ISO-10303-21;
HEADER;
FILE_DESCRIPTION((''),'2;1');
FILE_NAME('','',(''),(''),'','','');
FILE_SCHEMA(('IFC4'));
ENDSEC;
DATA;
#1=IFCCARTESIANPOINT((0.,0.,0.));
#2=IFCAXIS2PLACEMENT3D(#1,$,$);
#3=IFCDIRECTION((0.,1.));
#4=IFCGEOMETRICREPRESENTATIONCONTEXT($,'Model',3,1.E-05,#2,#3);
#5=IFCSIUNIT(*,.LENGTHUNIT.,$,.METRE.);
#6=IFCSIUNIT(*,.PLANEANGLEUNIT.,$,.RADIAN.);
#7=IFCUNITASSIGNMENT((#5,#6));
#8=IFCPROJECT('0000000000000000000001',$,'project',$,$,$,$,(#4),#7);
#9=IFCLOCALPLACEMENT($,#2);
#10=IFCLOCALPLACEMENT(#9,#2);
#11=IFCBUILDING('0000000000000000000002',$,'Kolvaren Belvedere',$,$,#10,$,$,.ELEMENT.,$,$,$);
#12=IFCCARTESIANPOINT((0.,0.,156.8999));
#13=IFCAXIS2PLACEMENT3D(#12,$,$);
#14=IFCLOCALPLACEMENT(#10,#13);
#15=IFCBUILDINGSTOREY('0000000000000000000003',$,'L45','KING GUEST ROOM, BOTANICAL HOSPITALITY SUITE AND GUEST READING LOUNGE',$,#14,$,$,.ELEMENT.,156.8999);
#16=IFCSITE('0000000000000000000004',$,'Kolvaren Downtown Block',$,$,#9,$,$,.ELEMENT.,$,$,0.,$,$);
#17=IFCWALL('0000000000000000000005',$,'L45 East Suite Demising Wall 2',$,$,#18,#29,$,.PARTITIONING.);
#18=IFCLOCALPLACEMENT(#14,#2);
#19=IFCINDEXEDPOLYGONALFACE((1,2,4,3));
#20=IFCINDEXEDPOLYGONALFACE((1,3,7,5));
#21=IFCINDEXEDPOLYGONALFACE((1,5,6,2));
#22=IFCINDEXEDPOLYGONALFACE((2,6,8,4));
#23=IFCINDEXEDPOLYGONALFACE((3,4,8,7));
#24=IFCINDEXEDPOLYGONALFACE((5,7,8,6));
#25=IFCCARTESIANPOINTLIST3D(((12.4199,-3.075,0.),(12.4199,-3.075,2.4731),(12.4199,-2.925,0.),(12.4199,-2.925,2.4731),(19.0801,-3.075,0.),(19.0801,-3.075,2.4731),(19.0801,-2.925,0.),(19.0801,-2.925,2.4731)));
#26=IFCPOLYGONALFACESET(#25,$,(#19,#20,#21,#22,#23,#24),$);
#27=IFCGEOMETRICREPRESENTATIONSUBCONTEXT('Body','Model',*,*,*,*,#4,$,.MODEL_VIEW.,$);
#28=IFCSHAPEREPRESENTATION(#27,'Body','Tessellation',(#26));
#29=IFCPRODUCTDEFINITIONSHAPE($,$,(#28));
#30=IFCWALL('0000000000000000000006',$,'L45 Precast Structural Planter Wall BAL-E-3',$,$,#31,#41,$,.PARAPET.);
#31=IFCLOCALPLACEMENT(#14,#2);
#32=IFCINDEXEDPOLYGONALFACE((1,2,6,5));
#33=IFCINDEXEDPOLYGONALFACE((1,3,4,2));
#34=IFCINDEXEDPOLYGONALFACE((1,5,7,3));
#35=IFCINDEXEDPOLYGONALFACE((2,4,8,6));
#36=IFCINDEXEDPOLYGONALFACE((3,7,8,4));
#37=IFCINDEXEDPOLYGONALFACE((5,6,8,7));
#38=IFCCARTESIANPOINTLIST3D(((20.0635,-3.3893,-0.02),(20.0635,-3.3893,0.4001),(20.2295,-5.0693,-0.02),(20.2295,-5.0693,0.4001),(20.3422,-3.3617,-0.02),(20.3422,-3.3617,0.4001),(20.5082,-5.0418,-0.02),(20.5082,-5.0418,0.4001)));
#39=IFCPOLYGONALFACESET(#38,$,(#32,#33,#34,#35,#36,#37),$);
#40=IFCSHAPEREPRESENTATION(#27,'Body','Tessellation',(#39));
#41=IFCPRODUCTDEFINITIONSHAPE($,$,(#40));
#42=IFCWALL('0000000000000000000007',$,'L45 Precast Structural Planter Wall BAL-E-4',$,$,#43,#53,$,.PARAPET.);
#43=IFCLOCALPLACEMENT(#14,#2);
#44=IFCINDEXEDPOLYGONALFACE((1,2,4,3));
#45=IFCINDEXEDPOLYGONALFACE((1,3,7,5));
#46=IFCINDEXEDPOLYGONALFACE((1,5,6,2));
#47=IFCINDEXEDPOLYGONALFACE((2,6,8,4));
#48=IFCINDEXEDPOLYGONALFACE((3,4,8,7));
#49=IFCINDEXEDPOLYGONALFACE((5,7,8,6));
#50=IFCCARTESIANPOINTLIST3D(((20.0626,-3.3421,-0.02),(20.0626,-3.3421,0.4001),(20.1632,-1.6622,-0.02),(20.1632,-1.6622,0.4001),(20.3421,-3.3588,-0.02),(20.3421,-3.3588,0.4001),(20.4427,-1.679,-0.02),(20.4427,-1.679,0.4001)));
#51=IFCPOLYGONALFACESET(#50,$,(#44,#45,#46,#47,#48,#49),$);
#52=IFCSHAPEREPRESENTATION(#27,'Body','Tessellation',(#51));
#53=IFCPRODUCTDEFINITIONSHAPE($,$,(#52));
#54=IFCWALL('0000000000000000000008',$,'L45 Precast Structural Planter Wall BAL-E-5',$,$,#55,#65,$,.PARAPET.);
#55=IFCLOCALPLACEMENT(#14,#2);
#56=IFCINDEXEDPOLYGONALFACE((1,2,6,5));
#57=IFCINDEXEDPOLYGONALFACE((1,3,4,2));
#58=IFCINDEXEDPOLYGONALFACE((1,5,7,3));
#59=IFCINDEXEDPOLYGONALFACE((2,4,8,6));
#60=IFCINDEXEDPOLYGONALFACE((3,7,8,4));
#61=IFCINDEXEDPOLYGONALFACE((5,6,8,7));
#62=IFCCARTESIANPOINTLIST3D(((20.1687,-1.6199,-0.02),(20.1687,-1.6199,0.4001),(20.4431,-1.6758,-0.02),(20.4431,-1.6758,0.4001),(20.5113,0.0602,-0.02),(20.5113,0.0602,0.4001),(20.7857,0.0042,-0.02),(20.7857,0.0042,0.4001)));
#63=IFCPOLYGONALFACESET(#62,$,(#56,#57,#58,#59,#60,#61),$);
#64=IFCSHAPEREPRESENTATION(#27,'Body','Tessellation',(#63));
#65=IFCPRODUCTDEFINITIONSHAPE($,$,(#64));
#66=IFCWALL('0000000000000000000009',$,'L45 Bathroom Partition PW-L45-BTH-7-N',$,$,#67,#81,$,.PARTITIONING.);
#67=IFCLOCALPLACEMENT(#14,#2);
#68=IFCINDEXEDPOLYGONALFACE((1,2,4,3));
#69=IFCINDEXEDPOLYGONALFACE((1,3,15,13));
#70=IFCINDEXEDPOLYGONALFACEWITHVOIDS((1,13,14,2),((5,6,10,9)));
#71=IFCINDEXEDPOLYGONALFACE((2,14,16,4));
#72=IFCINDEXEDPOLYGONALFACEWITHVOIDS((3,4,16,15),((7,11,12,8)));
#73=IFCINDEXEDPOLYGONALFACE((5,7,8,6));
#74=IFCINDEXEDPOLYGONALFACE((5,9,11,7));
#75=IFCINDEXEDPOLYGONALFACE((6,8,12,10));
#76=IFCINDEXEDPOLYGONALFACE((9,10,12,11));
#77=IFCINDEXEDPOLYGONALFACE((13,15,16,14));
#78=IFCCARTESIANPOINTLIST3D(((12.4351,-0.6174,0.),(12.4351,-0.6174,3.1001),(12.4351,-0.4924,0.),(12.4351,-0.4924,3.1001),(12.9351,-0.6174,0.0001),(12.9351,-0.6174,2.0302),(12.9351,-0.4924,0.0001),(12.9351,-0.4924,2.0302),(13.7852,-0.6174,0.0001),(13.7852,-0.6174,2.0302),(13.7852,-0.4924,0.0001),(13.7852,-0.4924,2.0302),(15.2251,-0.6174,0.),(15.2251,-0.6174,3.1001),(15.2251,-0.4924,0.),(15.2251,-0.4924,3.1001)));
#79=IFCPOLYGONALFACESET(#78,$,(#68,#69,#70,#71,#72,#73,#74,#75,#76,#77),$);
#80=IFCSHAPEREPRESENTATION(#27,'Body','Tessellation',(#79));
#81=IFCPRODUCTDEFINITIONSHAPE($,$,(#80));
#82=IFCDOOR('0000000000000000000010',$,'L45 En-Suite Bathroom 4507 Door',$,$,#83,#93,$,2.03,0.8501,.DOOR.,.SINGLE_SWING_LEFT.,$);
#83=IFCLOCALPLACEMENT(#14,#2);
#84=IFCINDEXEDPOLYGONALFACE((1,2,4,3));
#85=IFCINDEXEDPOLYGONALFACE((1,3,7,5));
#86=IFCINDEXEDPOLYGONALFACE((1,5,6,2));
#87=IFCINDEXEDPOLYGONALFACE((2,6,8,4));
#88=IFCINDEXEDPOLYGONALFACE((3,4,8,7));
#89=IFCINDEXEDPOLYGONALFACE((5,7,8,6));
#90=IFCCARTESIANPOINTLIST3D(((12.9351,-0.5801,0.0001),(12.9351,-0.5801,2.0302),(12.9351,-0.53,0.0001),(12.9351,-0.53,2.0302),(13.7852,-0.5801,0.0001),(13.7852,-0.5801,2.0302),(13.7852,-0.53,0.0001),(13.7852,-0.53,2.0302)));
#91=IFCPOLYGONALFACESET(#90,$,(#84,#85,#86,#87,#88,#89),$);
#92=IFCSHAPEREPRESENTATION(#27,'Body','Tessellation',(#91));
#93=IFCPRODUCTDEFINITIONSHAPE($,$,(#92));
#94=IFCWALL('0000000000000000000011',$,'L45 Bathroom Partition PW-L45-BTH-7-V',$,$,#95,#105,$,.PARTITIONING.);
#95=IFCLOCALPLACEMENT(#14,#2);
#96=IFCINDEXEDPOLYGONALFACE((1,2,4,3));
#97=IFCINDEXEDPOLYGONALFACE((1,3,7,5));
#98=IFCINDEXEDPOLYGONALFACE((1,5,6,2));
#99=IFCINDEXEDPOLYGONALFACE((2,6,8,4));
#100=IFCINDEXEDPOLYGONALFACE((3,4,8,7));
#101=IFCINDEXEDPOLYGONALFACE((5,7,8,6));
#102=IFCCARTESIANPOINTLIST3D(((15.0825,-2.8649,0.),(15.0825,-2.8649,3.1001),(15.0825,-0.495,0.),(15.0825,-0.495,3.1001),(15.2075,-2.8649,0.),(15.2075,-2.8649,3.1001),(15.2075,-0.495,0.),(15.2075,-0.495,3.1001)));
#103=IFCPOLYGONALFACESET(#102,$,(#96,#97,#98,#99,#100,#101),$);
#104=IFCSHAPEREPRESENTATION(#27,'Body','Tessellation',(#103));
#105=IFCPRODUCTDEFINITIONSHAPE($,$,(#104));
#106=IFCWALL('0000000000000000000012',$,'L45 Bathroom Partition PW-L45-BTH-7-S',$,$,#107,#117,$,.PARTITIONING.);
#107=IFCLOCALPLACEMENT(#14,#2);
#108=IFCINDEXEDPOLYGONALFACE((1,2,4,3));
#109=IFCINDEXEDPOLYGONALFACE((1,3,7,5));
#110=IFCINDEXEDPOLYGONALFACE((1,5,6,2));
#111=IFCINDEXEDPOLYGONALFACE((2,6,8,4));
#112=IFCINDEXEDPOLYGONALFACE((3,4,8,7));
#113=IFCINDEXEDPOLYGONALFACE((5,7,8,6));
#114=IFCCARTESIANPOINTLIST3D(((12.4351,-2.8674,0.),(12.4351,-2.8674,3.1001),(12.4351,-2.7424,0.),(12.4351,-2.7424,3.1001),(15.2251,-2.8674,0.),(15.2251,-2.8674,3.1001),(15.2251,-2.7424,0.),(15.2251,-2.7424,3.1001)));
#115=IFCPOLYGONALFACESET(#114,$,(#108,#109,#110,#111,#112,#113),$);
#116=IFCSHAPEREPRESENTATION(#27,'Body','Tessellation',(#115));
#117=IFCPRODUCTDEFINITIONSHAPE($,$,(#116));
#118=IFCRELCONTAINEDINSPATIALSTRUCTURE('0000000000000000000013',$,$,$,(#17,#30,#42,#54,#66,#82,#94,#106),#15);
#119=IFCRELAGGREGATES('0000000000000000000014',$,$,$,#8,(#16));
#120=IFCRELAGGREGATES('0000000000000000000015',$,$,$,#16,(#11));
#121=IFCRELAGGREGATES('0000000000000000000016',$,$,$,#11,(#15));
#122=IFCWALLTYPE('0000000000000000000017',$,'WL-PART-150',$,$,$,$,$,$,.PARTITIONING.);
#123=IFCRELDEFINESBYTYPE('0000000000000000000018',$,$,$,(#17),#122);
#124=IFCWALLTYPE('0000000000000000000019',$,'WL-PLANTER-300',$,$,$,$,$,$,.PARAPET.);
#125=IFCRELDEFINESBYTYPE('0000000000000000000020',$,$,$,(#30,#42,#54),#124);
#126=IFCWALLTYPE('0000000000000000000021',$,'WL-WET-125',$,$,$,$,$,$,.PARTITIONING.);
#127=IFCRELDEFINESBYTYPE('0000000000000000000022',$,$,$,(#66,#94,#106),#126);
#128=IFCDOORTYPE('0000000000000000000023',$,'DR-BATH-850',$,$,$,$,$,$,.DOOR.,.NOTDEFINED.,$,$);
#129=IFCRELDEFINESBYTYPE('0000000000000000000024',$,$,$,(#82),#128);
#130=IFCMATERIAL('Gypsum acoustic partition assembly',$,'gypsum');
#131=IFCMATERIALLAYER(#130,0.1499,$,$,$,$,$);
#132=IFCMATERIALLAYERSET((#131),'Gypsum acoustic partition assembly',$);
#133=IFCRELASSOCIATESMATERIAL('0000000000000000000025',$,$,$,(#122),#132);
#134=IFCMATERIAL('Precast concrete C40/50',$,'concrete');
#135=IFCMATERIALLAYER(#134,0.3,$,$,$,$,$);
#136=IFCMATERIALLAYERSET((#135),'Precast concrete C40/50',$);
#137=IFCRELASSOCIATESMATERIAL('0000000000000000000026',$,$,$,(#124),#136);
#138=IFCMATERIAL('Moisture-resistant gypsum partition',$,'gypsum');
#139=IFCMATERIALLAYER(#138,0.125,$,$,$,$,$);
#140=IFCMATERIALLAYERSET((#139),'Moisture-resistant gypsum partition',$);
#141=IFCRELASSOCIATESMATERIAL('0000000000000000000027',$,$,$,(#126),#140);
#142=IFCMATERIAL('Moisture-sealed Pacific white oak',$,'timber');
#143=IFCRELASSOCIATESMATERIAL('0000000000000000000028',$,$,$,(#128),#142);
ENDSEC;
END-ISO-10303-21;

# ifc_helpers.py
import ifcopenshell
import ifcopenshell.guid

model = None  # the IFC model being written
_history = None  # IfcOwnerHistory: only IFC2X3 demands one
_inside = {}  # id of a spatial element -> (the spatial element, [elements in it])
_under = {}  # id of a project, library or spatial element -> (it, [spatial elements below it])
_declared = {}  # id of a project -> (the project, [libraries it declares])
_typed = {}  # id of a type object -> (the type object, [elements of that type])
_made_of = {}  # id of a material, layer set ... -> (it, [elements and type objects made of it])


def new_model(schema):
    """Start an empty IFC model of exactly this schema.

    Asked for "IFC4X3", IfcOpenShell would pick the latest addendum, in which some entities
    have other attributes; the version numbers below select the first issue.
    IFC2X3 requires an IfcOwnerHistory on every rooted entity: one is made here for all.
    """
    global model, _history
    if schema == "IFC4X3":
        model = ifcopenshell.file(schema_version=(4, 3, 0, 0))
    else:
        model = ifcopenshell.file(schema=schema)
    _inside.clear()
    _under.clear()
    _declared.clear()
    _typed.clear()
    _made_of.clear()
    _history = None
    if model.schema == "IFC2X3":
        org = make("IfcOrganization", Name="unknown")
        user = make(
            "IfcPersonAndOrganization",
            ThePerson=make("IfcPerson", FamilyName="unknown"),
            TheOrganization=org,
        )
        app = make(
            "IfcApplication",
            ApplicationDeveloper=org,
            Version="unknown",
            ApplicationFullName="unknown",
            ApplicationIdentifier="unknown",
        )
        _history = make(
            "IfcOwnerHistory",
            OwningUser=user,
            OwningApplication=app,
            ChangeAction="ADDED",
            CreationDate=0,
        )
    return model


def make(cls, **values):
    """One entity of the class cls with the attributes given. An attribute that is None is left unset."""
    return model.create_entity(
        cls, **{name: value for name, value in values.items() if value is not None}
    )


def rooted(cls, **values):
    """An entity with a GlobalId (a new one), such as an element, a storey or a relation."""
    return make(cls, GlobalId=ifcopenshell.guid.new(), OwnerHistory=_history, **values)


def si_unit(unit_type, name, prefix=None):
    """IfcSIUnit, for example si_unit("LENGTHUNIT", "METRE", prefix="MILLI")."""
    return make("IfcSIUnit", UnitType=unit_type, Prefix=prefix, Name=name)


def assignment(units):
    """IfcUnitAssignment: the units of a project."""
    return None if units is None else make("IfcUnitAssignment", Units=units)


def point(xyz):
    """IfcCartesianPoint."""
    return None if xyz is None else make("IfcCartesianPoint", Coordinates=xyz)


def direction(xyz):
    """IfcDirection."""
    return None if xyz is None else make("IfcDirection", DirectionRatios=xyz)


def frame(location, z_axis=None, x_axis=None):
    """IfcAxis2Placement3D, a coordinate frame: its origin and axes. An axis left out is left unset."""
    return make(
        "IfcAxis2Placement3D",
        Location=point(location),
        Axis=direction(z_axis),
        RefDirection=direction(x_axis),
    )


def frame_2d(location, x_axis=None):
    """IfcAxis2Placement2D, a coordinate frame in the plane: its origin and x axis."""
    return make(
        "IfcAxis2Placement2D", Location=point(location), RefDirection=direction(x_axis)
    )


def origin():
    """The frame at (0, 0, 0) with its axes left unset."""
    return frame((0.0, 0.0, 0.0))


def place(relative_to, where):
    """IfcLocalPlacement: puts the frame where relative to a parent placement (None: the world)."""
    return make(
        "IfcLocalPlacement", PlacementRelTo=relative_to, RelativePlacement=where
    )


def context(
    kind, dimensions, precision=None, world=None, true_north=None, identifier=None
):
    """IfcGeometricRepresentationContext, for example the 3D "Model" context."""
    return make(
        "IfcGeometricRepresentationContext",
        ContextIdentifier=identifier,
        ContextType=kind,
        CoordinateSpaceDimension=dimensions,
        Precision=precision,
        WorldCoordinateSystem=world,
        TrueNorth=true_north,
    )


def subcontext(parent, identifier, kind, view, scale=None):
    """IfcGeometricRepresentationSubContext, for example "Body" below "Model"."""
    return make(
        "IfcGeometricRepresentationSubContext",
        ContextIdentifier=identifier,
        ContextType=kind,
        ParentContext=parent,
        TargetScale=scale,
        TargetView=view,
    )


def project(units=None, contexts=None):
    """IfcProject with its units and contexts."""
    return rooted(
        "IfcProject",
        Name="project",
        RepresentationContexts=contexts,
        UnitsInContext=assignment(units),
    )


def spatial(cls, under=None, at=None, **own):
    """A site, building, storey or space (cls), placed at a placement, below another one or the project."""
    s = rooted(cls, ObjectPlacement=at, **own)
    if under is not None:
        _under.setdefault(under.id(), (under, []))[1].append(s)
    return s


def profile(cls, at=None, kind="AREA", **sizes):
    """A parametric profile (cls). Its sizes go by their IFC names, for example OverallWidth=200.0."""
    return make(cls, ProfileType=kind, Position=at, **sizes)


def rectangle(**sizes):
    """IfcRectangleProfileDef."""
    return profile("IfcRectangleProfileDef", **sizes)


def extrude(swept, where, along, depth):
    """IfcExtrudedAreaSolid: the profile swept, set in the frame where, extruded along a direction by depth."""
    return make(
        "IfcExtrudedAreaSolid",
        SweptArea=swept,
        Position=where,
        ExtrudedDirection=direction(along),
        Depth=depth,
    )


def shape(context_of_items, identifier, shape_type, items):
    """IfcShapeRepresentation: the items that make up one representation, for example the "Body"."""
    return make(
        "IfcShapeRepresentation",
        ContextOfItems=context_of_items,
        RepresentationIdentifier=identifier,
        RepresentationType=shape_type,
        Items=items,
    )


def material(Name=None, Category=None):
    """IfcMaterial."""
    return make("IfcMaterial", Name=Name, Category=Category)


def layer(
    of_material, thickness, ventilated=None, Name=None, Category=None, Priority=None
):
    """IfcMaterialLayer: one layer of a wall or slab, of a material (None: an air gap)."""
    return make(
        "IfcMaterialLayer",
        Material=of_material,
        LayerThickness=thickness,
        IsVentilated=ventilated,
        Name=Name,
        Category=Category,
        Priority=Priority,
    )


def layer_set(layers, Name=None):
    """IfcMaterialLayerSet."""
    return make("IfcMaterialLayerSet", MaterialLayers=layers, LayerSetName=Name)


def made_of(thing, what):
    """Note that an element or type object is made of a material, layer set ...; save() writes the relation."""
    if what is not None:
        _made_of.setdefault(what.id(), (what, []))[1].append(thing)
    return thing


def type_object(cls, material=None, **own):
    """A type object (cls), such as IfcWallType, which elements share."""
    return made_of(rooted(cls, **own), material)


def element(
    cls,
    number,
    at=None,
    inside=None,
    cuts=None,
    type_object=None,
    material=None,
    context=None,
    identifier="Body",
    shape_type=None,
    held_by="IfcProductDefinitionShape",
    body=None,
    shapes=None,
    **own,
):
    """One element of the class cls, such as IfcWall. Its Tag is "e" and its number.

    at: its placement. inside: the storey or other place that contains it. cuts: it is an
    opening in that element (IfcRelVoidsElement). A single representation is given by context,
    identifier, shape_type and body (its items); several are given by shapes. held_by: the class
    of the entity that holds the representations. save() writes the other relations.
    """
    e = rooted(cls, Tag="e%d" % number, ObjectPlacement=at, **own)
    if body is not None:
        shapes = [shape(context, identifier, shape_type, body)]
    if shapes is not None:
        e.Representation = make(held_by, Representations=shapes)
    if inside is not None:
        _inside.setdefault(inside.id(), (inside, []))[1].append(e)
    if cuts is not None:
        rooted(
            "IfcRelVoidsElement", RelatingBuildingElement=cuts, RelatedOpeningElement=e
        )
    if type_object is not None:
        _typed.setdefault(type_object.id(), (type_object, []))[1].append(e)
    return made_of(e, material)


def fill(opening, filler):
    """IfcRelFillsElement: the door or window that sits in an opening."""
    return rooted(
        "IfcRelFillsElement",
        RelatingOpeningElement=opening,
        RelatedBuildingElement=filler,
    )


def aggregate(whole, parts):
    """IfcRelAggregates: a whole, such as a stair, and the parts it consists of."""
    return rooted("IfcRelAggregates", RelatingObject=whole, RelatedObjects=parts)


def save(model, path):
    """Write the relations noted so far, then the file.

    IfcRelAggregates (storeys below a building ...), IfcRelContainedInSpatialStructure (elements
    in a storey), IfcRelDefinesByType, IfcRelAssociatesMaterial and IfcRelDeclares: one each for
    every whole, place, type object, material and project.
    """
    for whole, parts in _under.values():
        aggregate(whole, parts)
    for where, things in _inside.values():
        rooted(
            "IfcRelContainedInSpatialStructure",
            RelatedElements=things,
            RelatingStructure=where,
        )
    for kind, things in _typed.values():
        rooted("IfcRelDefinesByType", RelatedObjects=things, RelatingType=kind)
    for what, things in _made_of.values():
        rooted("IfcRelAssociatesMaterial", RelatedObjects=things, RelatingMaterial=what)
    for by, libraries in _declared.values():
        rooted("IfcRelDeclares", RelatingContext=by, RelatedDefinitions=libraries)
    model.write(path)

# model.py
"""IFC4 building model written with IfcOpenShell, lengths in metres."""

from ifc_helpers import new_model, si_unit, direction, frame, frame_2d, origin, place, context, subcontext, project, spatial, rectangle, extrude, material, layer, layer_set, type_object, element, fill, save


model = new_model("IFC4")

# Units and contexts
model_context = context("Model", 3, precision=1e-05, world=origin(), true_north=direction((0.0, 1.0)))
body_context = subcontext(model_context, "Body", "Model", "MODEL_VIEW")
ifc_project = project(units=[si_unit("LENGTHUNIT", "METRE"), si_unit("PLANEANGLEUNIT", "RADIAN")], contexts=[model_context])

# Site, building, storey
site_placement = place(None, origin())
site = spatial("IfcSite", under=ifc_project, at=site_placement, Name="Kolvaren Downtown Block", CompositionType="ELEMENT", RefElevation=0.0)
building_placement = place(site_placement, origin())
building = spatial("IfcBuilding", under=site, at=building_placement, Name="Kolvaren Belvedere", CompositionType="ELEMENT")
storey_placement = place(building_placement, frame((0.0, 0.0, 156.8999)))
storey = spatial("IfcBuildingStorey", under=building, at=storey_placement, Name="L45", Description="KING GUEST ROOM, BOTANICAL HOSPITALITY SUITE AND GUEST READING LOUNGE", CompositionType="ELEMENT", Elevation=156.8999)

# Walls
ifc_material_1 = material(Name="Gypsum acoustic partition assembly", Category="gypsum")
ifc_layer_1 = layer(ifc_material_1, 0.1499)
ifc_layer_set_1 = layer_set([ifc_layer_1], Name="Gypsum acoustic partition assembly")
wall_type_1 = type_object("IfcWallType", Name="WL-PART-150", PredefinedType="PARTITIONING", material=ifc_layer_set_1)
wall_1_placement = place(storey_placement, frame((12.4199, -3.0, 0.0), z_axis=(0.0, 0.0, 1.0), x_axis=(1.0, 0.0, 0.0)))
element("IfcWall", 1, at=wall_1_placement, inside=storey, type_object=wall_type_1, Name="L45 East Suite Demising Wall 2", PredefinedType="PARTITIONING", context=body_context, shape_type="SweptSolid", body=[
    extrude(rectangle(XDim=6.6602, YDim=0.1499, at=frame_2d((3.3301, 0.0))), origin(), (0.0, 0.0, 1.0), 2.4731),
])
ifc_material_2 = material(Name="Precast concrete C40/50", Category="concrete")
ifc_layer_2 = layer(ifc_material_2, 0.3)
ifc_layer_set_2 = layer_set([ifc_layer_2], Name="Precast concrete C40/50")
wall_type_2 = type_object("IfcWallType", Name="WL-PLANTER-300", PredefinedType="PARAPET", material=ifc_layer_set_2)
wall_2_placement = place(storey_placement, frame((20.3689, -5.0557, -0.02), z_axis=(0.0, 0.0, 1.0), x_axis=(-0.098344, 0.995152, 0.0)))
element("IfcWall", 2, at=wall_2_placement, inside=storey, type_object=wall_type_2, Name="L45 Precast Structural Planter Wall BAL-E-3", PredefinedType="PARAPET", context=body_context, shape_type="SweptSolid", body=[
    extrude(rectangle(XDim=1.6882, YDim=0.28, at=frame_2d((0.8442, 0.0))), origin(), (0.0, 0.0, 1.0), 0.4202),
])
wall_3_placement = place(storey_placement, frame((20.2024, -3.3503, -0.02), z_axis=(0.0, 0.0, 1.0), x_axis=(0.059768, 0.998212, 0.0)))
element("IfcWall", 3, at=wall_3_placement, inside=storey, type_object=wall_type_2, Name="L45 Precast Structural Planter Wall BAL-E-4", PredefinedType="PARAPET", context=body_context, shape_type="SweptSolid", body=[
    extrude(rectangle(XDim=1.6829, YDim=0.28, at=frame_2d((0.8413, 0.0))), origin(), (0.0, 0.0, 1.0), 0.4202),
])
wall_4_placement = place(storey_placement, frame((20.3059, -1.6479, -0.02), z_axis=(0.0, 0.0, 1.0), x_axis=(0.199784, 0.97984, 0.0)))
element("IfcWall", 4, at=wall_4_placement, inside=storey, type_object=wall_type_2, Name="L45 Precast Structural Planter Wall BAL-E-5", PredefinedType="PARAPET", context=body_context, shape_type="SweptSolid", body=[
    extrude(rectangle(XDim=1.7146, YDim=0.28, at=frame_2d((0.8574, 0.0))), origin(), (0.0, 0.0, 1.0), 0.4202),
])

# Wall, opening, door
ifc_material_3 = material(Name="Moisture-resistant gypsum partition", Category="gypsum")
ifc_layer_3 = layer(ifc_material_3, 0.125)
ifc_layer_set_3 = layer_set([ifc_layer_3], Name="Moisture-resistant gypsum partition")
wall_type_3 = type_object("IfcWallType", Name="WL-WET-125", PredefinedType="PARTITIONING", material=ifc_layer_set_3)
wall_5_placement = place(storey_placement, frame((12.4351, -0.5549, 0.0), z_axis=(0.0, 0.0, 1.0), x_axis=(1.0, 0.0, 0.0)))
wall_5 = element("IfcWall", 5, at=wall_5_placement, inside=storey, type_object=wall_type_3, Name="L45 Bathroom Partition PW-L45-BTH-7-N", PredefinedType="PARTITIONING", context=body_context, shape_type="SweptSolid", body=[
    extrude(rectangle(XDim=2.79, YDim=0.125, at=frame_2d((1.395, 0.0))), origin(), (0.0, 0.0, 1.0), 3.1001),
])
opening_placement = place(wall_5_placement, frame((0.5, 0.0, 0.0)))
opening = element("IfcOpeningElement", 6, at=opening_placement, cuts=wall_5, PredefinedType="OPENING", context=body_context, shape_type="SweptSolid", body=[
    extrude(rectangle(XDim=0.8501, YDim=2.03, at=frame_2d((0.425, 1.0151))), frame((0.0, 0.0725, 0.0), z_axis=(0.0, -1.0, 0.0), x_axis=(1.0, 0.0, 0.0)), (0.0, 0.0, 1.0), 0.145),
])
ifc_material_4 = material(Name="Moisture-sealed Pacific white oak", Category="timber")
door_type = type_object("IfcDoorType", Name="DR-BATH-850", OperationType="NOTDEFINED", PredefinedType="DOOR", material=ifc_material_4)
door_placement = place(opening_placement, origin())
door = element("IfcDoor", 7, at=door_placement, inside=storey, type_object=door_type, Name="L45 En-Suite Bathroom 4507 Door", OperationType="SINGLE_SWING_LEFT", OverallHeight=2.03, OverallWidth=0.8501, PredefinedType="DOOR", context=body_context, shape_type="SweptSolid", body=[
    extrude(rectangle(XDim=0.8501, YDim=2.03, at=frame_2d((0.425, 1.0151))), frame((0.0, 0.0249, 0.0), z_axis=(0.0, -1.0, 0.0), x_axis=(1.0, 0.0, 0.0)), (0.0, 0.0, 1.0), 0.05),
])
fill(opening, door)

# Walls
wall_6_placement = place(storey_placement, frame((15.145, -2.865, 0.0), z_axis=(0.0, 0.0, 1.0), x_axis=(0.0, 1.0, 0.0)))
element("IfcWall", 8, at=wall_6_placement, inside=storey, type_object=wall_type_3, Name="L45 Bathroom Partition PW-L45-BTH-7-V", PredefinedType="PARTITIONING", context=body_context, shape_type="SweptSolid", body=[
    extrude(rectangle(XDim=2.3699, YDim=0.125, at=frame_2d((1.1851, 0.0))), origin(), (0.0, 0.0, 1.0), 3.1001),
])
wall_7_placement = place(storey_placement, frame((12.4351, -2.8049, 0.0), z_axis=(0.0, 0.0, 1.0), x_axis=(1.0, 0.0, 0.0)))
element("IfcWall", 9, at=wall_7_placement, inside=storey, type_object=wall_type_3, Name="L45 Bathroom Partition PW-L45-BTH-7-S", PredefinedType="PARTITIONING", context=body_context, shape_type="SweptSolid", body=[
    extrude(rectangle(XDim=2.79, YDim=0.125, at=frame_2d((1.395, 0.0))), origin(), (0.0, 0.0, 1.0), 3.1001),
])

save(model, "model.ifc")
